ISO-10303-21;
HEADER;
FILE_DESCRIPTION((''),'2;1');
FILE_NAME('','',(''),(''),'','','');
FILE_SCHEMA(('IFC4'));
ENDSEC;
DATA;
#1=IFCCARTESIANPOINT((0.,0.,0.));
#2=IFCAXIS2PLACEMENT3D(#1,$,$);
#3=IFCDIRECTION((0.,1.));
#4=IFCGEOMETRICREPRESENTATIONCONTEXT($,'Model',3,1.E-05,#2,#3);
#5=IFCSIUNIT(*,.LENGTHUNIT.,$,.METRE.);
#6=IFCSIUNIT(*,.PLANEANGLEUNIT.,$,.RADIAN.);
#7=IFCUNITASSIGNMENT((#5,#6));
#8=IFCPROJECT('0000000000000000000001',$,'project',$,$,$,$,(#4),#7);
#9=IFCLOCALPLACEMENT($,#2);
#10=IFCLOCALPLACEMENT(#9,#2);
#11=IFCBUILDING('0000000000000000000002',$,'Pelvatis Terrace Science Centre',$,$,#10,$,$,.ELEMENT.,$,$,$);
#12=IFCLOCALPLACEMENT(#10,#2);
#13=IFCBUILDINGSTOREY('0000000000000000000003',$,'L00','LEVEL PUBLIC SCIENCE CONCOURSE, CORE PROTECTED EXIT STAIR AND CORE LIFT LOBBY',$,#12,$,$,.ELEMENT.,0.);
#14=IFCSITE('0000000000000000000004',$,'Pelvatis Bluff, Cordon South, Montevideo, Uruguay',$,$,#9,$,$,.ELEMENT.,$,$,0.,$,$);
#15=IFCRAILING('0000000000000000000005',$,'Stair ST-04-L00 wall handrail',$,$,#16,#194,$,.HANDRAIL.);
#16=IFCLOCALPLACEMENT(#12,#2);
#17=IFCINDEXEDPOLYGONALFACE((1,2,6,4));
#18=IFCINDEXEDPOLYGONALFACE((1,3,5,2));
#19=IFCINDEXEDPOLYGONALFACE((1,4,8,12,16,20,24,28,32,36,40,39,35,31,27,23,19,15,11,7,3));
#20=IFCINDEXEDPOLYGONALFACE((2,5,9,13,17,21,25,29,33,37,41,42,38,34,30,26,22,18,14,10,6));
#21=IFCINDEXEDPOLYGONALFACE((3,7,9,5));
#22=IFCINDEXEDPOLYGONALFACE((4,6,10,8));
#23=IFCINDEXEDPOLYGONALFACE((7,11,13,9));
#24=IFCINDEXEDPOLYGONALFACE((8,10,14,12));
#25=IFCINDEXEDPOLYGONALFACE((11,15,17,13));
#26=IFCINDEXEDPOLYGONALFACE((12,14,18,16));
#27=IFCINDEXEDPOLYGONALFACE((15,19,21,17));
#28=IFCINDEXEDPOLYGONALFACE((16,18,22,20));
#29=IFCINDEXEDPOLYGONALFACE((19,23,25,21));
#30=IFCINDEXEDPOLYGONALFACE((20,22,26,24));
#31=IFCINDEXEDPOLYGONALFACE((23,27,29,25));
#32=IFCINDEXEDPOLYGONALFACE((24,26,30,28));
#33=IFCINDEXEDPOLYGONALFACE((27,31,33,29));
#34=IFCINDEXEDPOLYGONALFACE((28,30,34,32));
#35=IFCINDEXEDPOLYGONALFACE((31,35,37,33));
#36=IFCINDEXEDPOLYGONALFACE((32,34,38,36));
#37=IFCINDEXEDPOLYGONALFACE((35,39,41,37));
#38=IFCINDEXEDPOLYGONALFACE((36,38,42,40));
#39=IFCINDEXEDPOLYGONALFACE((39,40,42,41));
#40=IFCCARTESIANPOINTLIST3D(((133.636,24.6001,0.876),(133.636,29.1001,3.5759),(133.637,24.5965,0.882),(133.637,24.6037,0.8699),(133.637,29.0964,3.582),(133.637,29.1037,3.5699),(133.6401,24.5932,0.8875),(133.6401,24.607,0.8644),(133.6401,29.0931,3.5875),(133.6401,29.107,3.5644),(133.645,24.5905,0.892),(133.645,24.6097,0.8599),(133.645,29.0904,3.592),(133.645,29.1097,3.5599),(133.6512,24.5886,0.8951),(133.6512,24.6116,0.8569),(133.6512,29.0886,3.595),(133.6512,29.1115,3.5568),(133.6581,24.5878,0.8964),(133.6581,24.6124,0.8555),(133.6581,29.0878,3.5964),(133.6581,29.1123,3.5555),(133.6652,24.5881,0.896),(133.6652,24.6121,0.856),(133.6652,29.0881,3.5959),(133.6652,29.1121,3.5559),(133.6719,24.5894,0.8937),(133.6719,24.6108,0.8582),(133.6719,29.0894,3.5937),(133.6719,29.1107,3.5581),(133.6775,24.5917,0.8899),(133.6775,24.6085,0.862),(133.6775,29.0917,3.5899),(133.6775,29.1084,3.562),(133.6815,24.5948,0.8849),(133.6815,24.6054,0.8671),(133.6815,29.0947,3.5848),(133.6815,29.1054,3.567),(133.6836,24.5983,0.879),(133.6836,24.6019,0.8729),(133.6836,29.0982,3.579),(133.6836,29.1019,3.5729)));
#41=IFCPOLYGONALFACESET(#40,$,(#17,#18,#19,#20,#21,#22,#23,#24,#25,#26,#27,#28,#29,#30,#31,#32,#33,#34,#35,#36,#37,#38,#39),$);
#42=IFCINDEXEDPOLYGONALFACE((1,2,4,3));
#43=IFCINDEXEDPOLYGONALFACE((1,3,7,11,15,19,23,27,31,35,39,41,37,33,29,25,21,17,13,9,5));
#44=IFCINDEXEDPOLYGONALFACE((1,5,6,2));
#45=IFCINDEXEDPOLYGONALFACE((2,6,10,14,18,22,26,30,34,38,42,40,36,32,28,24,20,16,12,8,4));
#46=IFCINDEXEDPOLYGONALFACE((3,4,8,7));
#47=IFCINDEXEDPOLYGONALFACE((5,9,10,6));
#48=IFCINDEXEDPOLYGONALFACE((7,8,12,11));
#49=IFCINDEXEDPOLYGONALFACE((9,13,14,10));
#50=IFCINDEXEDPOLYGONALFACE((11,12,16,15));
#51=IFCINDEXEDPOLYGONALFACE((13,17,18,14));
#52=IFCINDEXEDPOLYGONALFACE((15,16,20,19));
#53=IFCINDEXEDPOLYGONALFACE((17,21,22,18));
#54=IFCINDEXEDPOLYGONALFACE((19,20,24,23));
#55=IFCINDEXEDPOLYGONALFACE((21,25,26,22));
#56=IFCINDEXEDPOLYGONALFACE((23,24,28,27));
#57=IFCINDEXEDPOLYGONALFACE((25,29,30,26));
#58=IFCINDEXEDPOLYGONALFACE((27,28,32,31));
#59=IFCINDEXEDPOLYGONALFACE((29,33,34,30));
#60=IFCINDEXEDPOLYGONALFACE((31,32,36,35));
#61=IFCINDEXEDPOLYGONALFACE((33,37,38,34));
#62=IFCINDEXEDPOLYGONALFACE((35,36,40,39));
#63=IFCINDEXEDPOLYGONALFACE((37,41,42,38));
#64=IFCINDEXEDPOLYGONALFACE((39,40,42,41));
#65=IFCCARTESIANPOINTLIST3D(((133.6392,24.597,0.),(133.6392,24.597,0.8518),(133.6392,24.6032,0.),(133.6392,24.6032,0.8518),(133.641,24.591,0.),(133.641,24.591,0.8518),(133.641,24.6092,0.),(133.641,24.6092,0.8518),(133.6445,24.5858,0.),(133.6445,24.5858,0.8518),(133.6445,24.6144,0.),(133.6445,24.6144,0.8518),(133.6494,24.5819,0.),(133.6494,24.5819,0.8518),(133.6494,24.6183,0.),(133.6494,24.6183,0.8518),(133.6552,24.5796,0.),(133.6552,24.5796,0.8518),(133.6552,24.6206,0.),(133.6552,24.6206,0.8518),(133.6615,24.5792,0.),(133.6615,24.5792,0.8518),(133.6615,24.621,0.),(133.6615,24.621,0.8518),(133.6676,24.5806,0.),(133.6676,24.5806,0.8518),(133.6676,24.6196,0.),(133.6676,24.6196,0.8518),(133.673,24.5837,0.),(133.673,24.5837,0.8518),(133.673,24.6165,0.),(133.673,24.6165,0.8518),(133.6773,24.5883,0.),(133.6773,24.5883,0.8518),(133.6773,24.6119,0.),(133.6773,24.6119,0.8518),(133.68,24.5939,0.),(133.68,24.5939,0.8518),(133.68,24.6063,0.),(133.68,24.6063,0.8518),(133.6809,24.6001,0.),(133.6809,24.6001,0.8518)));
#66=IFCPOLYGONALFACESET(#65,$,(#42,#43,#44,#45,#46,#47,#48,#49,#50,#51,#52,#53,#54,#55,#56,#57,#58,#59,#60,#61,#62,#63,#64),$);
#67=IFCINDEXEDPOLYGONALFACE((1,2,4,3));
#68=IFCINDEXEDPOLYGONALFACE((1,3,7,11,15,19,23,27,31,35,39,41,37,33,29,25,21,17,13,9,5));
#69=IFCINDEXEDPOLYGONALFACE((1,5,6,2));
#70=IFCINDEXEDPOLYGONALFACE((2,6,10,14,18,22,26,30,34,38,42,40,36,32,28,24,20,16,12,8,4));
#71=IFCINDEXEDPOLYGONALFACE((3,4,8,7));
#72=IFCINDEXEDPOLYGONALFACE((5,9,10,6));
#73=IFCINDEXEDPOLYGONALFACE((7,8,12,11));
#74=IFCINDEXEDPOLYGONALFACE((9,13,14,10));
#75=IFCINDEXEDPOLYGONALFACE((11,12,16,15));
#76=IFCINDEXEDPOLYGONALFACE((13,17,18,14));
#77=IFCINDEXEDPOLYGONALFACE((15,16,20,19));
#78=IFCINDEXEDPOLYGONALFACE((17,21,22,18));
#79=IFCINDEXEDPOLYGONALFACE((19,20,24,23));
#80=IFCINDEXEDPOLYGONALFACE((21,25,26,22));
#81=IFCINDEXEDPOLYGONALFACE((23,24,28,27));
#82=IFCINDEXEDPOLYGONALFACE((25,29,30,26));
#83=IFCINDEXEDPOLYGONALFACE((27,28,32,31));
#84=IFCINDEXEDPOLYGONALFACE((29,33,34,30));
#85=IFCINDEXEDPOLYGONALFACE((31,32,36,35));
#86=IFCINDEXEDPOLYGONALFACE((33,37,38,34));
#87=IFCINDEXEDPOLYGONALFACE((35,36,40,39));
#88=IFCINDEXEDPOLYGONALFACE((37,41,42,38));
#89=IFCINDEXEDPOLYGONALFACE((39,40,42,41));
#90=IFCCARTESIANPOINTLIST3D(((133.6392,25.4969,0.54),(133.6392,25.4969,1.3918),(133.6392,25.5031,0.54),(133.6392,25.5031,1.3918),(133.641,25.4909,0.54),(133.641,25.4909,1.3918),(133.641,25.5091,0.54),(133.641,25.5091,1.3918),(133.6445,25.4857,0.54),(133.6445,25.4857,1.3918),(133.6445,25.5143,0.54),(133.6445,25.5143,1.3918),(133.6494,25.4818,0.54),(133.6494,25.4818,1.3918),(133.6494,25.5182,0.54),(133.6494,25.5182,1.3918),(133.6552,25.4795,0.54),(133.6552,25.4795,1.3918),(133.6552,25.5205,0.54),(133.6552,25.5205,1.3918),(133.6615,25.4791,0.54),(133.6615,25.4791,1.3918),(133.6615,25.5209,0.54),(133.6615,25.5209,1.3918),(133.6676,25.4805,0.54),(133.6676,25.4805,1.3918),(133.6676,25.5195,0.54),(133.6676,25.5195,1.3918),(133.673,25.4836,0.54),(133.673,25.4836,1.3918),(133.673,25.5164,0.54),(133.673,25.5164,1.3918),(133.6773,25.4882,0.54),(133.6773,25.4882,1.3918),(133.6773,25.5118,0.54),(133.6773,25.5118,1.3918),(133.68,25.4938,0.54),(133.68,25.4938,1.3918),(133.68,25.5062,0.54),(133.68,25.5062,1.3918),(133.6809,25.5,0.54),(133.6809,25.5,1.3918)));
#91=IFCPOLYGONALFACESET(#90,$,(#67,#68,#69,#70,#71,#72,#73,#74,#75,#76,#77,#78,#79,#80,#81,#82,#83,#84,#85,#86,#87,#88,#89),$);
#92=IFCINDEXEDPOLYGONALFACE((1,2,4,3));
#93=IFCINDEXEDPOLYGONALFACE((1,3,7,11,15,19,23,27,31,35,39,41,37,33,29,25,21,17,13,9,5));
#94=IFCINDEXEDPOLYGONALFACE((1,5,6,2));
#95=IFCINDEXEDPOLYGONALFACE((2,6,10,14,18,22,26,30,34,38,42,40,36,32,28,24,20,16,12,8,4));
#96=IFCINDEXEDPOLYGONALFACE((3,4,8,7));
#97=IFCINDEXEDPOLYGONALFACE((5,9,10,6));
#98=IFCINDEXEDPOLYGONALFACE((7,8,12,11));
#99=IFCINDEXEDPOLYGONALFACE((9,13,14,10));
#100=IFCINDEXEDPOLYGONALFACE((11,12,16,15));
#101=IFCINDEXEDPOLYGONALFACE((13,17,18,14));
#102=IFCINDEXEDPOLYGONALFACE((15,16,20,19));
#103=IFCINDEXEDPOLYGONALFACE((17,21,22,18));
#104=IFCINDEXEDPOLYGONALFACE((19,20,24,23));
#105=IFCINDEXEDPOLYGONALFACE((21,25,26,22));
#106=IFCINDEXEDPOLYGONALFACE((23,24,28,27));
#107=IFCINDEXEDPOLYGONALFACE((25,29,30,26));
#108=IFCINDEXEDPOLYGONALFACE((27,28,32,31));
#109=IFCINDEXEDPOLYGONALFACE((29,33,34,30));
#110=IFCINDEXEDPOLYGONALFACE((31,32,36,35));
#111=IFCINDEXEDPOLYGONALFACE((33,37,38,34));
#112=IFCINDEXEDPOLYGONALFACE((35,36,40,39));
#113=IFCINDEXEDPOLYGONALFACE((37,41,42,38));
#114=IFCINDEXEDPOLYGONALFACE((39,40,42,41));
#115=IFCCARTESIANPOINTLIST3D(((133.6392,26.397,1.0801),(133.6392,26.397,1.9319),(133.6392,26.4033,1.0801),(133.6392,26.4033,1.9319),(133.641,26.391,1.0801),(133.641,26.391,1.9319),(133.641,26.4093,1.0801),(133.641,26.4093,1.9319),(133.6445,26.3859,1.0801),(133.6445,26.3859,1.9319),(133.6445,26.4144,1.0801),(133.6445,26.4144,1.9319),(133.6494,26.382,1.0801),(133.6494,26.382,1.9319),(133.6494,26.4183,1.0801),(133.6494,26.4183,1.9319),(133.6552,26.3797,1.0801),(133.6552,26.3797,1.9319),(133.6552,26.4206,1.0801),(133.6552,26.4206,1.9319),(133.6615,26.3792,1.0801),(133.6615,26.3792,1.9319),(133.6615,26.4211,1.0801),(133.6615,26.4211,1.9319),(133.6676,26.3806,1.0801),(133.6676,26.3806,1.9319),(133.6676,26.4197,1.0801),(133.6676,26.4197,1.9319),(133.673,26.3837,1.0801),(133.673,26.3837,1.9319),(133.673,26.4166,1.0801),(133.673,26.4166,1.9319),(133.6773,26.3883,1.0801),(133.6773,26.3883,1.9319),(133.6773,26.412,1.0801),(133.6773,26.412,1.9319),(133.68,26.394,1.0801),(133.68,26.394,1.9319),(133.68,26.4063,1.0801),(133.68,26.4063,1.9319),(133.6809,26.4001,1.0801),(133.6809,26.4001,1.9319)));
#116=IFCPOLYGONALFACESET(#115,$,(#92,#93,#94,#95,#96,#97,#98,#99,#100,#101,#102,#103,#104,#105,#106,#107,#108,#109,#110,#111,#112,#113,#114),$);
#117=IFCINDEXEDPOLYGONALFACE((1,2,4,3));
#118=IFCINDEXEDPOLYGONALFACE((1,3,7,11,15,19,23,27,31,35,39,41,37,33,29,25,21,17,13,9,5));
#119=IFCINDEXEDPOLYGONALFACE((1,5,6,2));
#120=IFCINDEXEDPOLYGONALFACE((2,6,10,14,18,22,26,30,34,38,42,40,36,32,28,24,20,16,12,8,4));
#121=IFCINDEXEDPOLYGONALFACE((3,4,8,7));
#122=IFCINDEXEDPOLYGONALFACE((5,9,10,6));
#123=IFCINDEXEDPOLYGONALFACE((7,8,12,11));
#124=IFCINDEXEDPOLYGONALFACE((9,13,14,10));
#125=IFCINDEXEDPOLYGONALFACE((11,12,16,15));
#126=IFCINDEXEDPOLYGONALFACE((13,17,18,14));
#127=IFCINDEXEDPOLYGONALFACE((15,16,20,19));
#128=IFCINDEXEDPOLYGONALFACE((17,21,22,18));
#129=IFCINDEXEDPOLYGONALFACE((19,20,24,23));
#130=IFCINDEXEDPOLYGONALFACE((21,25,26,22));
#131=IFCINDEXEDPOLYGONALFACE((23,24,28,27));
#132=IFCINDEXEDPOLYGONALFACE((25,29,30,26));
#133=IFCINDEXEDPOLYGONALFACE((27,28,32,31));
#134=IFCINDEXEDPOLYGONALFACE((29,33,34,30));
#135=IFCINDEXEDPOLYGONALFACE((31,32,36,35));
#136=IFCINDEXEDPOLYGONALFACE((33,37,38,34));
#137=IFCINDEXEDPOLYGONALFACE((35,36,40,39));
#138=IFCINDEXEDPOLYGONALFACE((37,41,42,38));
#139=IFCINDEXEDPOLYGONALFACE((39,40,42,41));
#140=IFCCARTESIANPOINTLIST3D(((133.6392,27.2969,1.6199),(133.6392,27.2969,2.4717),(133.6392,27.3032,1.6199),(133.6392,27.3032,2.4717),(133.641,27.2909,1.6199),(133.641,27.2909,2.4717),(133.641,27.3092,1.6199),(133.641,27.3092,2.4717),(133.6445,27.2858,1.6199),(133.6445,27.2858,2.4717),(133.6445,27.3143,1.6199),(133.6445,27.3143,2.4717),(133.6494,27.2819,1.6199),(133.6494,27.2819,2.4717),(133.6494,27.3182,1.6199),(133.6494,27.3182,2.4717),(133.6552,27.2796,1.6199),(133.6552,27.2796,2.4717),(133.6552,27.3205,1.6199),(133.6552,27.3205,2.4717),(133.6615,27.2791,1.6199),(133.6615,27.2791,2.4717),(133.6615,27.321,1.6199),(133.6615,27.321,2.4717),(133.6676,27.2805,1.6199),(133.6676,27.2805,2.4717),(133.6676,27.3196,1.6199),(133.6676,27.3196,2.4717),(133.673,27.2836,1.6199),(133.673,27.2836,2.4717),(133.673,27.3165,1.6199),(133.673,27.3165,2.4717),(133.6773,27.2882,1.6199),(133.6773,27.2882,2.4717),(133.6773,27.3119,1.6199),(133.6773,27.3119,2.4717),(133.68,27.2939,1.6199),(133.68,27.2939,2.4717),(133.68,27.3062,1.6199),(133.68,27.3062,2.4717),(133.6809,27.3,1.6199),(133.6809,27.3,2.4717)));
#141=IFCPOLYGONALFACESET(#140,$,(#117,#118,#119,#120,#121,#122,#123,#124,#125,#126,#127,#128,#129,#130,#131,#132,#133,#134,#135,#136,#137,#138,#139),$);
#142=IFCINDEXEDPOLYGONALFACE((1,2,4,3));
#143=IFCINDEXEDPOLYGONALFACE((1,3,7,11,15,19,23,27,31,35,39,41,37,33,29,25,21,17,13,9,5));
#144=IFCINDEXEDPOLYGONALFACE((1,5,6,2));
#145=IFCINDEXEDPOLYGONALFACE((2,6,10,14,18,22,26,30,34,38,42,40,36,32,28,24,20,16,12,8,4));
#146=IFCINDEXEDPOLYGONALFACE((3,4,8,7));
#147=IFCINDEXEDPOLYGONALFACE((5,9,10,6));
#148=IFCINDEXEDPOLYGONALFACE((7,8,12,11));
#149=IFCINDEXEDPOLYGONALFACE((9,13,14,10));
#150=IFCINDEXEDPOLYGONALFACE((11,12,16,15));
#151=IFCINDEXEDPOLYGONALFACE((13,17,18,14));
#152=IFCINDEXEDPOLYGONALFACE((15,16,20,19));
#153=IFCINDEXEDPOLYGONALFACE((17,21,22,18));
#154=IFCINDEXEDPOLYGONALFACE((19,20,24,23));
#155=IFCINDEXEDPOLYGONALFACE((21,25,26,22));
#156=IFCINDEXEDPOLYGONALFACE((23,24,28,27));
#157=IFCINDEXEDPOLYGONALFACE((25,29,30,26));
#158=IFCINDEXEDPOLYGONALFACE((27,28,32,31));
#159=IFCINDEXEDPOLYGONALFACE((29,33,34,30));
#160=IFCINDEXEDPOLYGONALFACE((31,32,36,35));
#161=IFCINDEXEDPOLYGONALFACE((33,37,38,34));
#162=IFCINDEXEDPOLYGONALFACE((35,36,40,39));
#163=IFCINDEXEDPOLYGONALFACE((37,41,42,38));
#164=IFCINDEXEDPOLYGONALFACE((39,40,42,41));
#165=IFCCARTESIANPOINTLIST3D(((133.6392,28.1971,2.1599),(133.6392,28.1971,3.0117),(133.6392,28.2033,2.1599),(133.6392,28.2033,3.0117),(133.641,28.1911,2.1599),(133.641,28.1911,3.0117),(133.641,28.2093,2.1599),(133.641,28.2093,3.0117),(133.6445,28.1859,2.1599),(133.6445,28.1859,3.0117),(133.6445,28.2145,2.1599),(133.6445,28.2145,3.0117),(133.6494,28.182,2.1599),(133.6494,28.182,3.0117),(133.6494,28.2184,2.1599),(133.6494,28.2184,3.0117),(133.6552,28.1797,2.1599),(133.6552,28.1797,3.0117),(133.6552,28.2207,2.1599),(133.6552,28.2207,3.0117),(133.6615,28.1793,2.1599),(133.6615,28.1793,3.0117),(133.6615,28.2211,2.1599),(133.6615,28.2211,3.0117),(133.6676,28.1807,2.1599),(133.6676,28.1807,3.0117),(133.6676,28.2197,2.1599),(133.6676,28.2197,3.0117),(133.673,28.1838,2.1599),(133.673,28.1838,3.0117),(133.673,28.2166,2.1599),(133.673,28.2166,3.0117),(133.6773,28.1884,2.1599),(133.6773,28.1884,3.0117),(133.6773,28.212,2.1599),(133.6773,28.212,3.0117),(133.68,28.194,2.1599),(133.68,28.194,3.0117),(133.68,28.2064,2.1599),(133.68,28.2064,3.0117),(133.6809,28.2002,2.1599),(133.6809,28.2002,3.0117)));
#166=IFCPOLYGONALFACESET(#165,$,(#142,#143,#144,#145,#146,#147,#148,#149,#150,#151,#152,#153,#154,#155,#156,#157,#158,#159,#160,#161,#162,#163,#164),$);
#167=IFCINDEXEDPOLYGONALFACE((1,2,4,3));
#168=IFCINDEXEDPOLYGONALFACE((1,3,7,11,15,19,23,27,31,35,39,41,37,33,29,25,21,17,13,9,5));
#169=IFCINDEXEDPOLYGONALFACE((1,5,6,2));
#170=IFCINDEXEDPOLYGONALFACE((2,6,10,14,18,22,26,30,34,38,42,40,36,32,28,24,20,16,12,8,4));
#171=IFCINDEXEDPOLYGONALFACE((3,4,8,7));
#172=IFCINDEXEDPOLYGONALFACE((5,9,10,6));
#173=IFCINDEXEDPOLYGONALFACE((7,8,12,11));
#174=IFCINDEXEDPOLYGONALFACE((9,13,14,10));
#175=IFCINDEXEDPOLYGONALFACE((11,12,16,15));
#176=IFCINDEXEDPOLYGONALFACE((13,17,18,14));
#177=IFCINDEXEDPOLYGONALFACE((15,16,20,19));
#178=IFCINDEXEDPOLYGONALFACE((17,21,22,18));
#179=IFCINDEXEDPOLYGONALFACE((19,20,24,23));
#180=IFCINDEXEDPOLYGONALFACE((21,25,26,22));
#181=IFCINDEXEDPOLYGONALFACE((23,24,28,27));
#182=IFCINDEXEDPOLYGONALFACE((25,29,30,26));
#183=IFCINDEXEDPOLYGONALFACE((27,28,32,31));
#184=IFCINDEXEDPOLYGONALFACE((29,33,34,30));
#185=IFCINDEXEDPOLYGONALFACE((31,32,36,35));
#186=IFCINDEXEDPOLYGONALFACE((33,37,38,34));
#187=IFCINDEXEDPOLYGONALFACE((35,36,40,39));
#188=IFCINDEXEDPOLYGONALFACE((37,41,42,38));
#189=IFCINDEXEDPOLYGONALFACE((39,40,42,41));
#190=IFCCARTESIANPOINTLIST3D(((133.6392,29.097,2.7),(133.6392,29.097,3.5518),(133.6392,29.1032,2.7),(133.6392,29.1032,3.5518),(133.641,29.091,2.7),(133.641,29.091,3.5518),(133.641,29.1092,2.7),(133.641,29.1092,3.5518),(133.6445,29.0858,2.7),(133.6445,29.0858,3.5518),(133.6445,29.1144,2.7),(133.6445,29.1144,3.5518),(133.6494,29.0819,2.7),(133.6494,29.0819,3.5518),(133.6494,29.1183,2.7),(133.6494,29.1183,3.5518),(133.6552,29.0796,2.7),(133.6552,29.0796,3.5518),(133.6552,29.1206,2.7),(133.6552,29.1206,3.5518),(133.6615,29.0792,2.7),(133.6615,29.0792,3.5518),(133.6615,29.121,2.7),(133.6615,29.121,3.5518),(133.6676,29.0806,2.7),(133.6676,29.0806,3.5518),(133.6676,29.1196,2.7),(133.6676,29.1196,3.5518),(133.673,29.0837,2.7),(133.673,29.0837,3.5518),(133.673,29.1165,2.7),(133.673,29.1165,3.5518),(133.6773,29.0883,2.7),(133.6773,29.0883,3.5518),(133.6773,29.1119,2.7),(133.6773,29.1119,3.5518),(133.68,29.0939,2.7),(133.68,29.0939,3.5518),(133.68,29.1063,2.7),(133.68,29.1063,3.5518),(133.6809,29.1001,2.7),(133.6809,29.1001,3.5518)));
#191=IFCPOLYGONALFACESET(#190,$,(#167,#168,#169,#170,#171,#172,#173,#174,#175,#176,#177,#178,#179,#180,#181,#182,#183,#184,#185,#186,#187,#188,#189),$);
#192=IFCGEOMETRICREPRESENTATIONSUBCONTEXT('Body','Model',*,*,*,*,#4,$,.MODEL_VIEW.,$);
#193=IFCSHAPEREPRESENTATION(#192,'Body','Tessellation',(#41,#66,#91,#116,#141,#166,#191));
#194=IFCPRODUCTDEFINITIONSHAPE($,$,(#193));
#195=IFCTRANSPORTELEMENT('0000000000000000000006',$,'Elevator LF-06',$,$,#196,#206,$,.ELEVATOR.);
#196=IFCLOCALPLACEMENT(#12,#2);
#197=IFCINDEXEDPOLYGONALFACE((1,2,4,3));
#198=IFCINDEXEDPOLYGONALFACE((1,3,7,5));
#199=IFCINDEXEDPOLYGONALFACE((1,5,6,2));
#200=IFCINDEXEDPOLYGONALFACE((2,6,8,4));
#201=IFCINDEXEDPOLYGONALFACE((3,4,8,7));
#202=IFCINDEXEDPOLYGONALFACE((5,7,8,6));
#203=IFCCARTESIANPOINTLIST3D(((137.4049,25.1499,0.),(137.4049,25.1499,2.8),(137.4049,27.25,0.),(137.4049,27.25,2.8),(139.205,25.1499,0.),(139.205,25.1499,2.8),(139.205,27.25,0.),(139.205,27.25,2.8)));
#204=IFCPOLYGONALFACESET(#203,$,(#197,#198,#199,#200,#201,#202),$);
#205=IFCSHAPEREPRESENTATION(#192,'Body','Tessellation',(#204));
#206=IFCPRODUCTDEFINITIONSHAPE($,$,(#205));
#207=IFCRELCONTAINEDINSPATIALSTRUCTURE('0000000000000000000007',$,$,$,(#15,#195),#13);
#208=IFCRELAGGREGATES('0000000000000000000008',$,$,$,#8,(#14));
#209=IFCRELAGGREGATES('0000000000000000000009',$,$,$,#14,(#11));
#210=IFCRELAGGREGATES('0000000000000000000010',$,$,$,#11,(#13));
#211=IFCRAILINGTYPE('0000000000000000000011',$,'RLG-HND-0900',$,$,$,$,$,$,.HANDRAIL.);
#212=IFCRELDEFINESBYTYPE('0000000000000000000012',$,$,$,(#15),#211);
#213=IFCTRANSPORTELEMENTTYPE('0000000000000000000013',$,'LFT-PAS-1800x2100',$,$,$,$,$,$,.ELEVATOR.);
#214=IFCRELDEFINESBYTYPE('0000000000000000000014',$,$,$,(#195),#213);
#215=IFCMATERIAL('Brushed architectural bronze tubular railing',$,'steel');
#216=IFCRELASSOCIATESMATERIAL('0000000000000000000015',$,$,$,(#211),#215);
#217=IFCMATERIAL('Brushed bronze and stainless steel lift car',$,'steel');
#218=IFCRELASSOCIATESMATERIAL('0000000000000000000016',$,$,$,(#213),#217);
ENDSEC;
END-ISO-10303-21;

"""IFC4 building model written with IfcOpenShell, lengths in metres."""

from ifc_helpers import new_model, si_unit, direction, frame, origin, origin_2d, place, context, subcontext, project, spatial, rectangle, circle, extrude, material, type_object, element, save


model = new_model("IFC4")

# Units and contexts
model_context = context("Model", 3, precision=1e-05, world=origin(), true_north=direction((0.0, 1.0)))
body_context = subcontext(model_context, "Body", "Model", "MODEL_VIEW")
ifc_project = project(units=[si_unit("LENGTHUNIT", "METRE"), si_unit("PLANEANGLEUNIT", "RADIAN")], contexts=[model_context])

# Site, building, storey
site_placement = place(None, origin())
site = spatial("IfcSite", under=ifc_project, at=site_placement, Name="Pelvatis Bluff, Cordon South, Montevideo, Uruguay", CompositionType="ELEMENT", RefElevation=0.0)
building_placement = place(site_placement, origin())
building = spatial("IfcBuilding", under=site, at=building_placement, Name="Pelvatis Terrace Science Centre", CompositionType="ELEMENT")
storey_placement = place(building_placement, origin())
storey = spatial("IfcBuildingStorey", under=building, at=storey_placement, Name="L00", Description="LEVEL PUBLIC SCIENCE CONCOURSE, CORE PROTECTED EXIT STAIR AND CORE LIFT LOBBY", CompositionType="ELEMENT", Elevation=0.0)

# Railing
ifc_material_1 = material(Name="Brushed architectural bronze tubular railing", Category="steel")
railing_type_1 = type_object("IfcRailingType", Name="RLG-HND-0900", PredefinedType="HANDRAIL", material=ifc_material_1)
railing_1_placement = place(storey_placement, frame((133.6599, 24.6001, 0.0)))
element("IfcRailing", 1, at=railing_1_placement, inside=storey, type_object=railing_type_1, Name="Stair ST-04-L00 wall handrail", PredefinedType="HANDRAIL", context=body_context, shape_type="SweptSolid", body=[
    extrude(circle(Radius=0.0239, at=origin_2d()), frame((0.0, 0.0, 0.876), z_axis=(0.0, 0.857497, 0.514489), x_axis=(-1.0, 0.0, 0.0)), (0.0, 0.0, 1.0), 5.2478),
    extrude(circle(Radius=0.021, at=origin_2d()), origin(), (0.0, 0.0, 1.0), 0.8518),
    extrude(circle(Radius=0.021, at=origin_2d()), frame((0.0, 0.8999, 0.54)), (0.0, 0.0, 1.0), 0.8518),
    extrude(circle(Radius=0.021, at=origin_2d()), frame((0.0, 1.8, 1.0801)), (0.0, 0.0, 1.0), 0.8518),
    extrude(circle(Radius=0.021, at=origin_2d()), frame((0.0, 2.7, 1.6199)), (0.0, 0.0, 1.0), 0.8518),
    extrude(circle(Radius=0.021, at=origin_2d()), frame((0.0, 3.6001, 2.1599)), (0.0, 0.0, 1.0), 0.8518),
    extrude(circle(Radius=0.021, at=origin_2d()), frame((0.0, 4.5, 2.7)), (0.0, 0.0, 1.0), 0.8518),
])

# Transport element
ifc_material_2 = material(Name="Brushed bronze and stainless steel lift car", Category="steel")
transport_element_type = type_object("IfcTransportElementType", Name="LFT-PAS-1800x2100", PredefinedType="ELEVATOR", material=ifc_material_2)
transport_element_placement = place(storey_placement, frame((138.3049, 26.2, 0.0), z_axis=(0.0, 0.0, 1.0), x_axis=(1.0, 0.0, 0.0)))
element("IfcTransportElement", 2, at=transport_element_placement, inside=storey, type_object=transport_element_type, Name="Elevator LF-06", PredefinedType="ELEVATOR", context=body_context, shape_type="SweptSolid", body=[
    extrude(rectangle(XDim=1.8, YDim=2.1001, at=origin_2d()), origin(), (0.0, 0.0, 1.0), 2.8),
])

save(model, "model.ifc")
